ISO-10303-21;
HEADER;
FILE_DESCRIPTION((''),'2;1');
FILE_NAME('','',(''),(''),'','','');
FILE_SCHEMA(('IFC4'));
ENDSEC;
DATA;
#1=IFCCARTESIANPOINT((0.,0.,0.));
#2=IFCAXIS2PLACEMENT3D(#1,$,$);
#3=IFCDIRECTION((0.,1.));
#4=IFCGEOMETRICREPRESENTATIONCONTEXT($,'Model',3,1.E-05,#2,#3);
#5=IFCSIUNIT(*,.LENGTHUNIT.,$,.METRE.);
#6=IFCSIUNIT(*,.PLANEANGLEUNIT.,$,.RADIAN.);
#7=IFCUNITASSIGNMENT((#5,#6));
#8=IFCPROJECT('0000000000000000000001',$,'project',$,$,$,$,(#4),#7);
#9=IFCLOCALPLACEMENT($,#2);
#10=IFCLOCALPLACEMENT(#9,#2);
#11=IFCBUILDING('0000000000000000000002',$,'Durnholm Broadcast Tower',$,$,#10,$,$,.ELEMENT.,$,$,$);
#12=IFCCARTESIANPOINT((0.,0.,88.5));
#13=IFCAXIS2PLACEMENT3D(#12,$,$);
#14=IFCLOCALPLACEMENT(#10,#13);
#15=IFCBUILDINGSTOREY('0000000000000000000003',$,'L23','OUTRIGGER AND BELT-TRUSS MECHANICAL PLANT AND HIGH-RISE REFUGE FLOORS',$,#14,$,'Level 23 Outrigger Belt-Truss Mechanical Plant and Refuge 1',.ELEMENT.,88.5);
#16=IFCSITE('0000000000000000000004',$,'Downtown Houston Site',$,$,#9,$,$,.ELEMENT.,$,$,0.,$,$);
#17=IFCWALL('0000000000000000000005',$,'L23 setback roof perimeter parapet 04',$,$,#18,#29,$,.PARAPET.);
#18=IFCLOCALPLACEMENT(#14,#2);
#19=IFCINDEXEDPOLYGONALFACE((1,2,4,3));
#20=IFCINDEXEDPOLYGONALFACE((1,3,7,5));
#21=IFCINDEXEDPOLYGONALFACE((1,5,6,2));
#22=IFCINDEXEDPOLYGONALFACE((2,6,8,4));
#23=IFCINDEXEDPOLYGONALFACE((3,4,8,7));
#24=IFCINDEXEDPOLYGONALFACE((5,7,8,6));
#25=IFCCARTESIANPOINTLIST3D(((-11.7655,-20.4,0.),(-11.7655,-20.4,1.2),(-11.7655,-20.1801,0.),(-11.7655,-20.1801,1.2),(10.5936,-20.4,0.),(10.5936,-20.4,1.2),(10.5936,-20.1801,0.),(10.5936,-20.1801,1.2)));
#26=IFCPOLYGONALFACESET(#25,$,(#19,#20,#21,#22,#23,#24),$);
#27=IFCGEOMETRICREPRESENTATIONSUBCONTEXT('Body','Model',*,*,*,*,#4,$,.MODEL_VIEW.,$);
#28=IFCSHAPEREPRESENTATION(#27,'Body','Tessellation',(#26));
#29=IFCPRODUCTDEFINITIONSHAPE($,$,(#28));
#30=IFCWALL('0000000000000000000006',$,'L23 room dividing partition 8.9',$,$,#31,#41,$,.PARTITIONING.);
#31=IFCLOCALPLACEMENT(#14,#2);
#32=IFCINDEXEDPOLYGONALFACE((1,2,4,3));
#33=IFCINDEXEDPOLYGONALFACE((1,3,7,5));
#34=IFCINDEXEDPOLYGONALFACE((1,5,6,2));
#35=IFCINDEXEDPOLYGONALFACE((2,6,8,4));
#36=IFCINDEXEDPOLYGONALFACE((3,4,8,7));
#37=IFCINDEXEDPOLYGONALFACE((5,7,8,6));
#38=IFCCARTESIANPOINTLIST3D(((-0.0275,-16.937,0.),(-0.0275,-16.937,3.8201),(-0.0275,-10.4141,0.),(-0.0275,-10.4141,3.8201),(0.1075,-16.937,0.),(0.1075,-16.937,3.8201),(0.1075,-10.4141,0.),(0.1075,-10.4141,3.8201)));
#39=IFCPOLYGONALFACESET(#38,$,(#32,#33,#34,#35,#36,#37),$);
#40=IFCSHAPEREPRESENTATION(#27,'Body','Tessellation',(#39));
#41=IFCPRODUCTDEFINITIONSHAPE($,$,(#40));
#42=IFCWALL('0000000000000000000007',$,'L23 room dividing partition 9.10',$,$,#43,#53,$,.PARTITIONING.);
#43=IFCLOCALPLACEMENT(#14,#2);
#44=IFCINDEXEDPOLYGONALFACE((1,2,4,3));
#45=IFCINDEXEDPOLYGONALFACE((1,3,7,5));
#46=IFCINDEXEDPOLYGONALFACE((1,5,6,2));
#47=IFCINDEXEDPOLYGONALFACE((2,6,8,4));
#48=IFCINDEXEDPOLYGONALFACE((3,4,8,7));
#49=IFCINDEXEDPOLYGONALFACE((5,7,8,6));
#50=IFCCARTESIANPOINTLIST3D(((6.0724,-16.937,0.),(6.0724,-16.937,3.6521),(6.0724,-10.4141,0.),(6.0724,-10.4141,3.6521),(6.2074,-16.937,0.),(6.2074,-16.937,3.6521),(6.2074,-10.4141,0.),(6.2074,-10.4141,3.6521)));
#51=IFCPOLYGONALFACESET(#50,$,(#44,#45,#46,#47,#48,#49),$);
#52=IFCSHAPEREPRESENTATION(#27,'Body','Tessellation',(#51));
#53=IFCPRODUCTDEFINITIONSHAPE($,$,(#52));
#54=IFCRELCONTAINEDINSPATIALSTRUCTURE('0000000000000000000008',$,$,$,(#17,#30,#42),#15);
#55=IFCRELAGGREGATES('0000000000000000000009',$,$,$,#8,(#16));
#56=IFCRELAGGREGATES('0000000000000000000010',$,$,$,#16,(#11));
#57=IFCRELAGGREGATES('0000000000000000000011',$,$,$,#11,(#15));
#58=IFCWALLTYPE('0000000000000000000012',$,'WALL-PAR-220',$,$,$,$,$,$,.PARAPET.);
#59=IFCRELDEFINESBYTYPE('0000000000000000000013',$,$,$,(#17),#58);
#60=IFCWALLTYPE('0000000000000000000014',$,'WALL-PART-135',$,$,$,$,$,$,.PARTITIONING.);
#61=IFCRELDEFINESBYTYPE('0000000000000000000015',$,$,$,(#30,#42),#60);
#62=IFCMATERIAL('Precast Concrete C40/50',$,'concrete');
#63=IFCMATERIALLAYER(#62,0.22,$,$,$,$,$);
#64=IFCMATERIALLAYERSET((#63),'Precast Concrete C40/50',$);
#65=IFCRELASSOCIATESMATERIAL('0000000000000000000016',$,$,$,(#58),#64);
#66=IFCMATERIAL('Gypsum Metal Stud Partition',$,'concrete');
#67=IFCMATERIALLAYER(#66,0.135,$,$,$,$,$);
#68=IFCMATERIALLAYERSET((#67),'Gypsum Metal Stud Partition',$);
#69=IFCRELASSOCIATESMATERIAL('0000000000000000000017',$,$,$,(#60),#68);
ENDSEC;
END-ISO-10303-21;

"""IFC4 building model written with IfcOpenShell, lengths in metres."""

from ifc_helpers import new_model, si_unit, direction, frame, frame_2d, origin, place, context, subcontext, project, spatial, rectangle, extrude, material, layer, layer_set, type_object, element, save


model = new_model("IFC4")

# Units and contexts
model_context = context("Model", 3, precision=1e-05, world=origin(), true_north=direction((0.0, 1.0)))
body_context = subcontext(model_context, "Body", "Model", "MODEL_VIEW")
ifc_project = project(units=[si_unit("LENGTHUNIT", "METRE"), si_unit("PLANEANGLEUNIT", "RADIAN")], contexts=[model_context])

# Site, building, storey
site_placement = place(None, origin())
site = spatial("IfcSite", under=ifc_project, at=site_placement, Name="Downtown Houston Site", CompositionType="ELEMENT", RefElevation=0.0)
building_placement = place(site_placement, origin())
building = spatial("IfcBuilding", under=site, at=building_placement, Name="Durnholm Broadcast Tower", CompositionType="ELEMENT")
storey_placement = place(building_placement, frame((0.0, 0.0, 88.5)))
storey = spatial("IfcBuildingStorey", under=building, at=storey_placement, Name="L23", Description="OUTRIGGER AND BELT-TRUSS MECHANICAL PLANT AND HIGH-RISE REFUGE FLOORS", LongName="Level 23 Outrigger Belt-Truss Mechanical Plant and Refuge 1", CompositionType="ELEMENT", Elevation=88.5)

# Walls
ifc_material_1 = material(Name="Precast Concrete C40/50", Category="concrete")
ifc_layer_1 = layer(ifc_material_1, 0.22)
ifc_layer_set_1 = layer_set([ifc_layer_1], Name="Precast Concrete C40/50")
wall_type_1 = type_object("IfcWallType", Name="WALL-PAR-220", PredefinedType="PARAPET", material=ifc_layer_set_1)
wall_1_placement = place(storey_placement, frame((10.5938, -20.29, 0.0), z_axis=(0.0, 0.0, 1.0), x_axis=(-1.0, 0.0, 0.0)))
element("IfcWall", 1, at=wall_1_placement, inside=storey, type_object=wall_type_1, Name="L23 setback roof perimeter parapet 04", PredefinedType="PARAPET", context=body_context, shape_type="SweptSolid", body=[
    extrude(rectangle(XDim=22.3591, YDim=0.22, at=frame_2d((11.1797, 0.0))), origin(), (0.0, 0.0, 1.0), 1.2),
])
ifc_material_2 = material(Name="Gypsum Metal Stud Partition", Category="concrete")
ifc_layer_2 = layer(ifc_material_2, 0.135)
ifc_layer_set_2 = layer_set([ifc_layer_2], Name="Gypsum Metal Stud Partition")
wall_type_2 = type_object("IfcWallType", Name="WALL-PART-135", PredefinedType="PARTITIONING", material=ifc_layer_set_2)
wall_2_placement = place(storey_placement, frame((0.04, -10.4141, 0.0), z_axis=(0.0, 0.0, 1.0), x_axis=(0.0, -1.0, 0.0)))
element("IfcWall", 2, at=wall_2_placement, inside=storey, type_object=wall_type_2, Name="L23 room dividing partition 8.9", PredefinedType="PARTITIONING", context=body_context, shape_type="SweptSolid", body=[
    extrude(rectangle(XDim=6.5229, YDim=0.135, at=frame_2d((3.2615, 0.0))), origin(), (0.0, 0.0, 1.0), 3.8201),
])
wall_3_placement = place(storey_placement, frame((6.1399, -10.4141, 0.0), z_axis=(0.0, 0.0, 1.0), x_axis=(0.0, -1.0, 0.0)))
element("IfcWall", 3, at=wall_3_placement, inside=storey, type_object=wall_type_2, Name="L23 room dividing partition 9.10", PredefinedType="PARTITIONING", context=body_context, shape_type="SweptSolid", body=[
    extrude(rectangle(XDim=6.5229, YDim=0.135, at=frame_2d((3.2615, 0.0))), origin(), (0.0, 0.0, 1.0), 3.6521),
])

save(model, "model.ifc")
